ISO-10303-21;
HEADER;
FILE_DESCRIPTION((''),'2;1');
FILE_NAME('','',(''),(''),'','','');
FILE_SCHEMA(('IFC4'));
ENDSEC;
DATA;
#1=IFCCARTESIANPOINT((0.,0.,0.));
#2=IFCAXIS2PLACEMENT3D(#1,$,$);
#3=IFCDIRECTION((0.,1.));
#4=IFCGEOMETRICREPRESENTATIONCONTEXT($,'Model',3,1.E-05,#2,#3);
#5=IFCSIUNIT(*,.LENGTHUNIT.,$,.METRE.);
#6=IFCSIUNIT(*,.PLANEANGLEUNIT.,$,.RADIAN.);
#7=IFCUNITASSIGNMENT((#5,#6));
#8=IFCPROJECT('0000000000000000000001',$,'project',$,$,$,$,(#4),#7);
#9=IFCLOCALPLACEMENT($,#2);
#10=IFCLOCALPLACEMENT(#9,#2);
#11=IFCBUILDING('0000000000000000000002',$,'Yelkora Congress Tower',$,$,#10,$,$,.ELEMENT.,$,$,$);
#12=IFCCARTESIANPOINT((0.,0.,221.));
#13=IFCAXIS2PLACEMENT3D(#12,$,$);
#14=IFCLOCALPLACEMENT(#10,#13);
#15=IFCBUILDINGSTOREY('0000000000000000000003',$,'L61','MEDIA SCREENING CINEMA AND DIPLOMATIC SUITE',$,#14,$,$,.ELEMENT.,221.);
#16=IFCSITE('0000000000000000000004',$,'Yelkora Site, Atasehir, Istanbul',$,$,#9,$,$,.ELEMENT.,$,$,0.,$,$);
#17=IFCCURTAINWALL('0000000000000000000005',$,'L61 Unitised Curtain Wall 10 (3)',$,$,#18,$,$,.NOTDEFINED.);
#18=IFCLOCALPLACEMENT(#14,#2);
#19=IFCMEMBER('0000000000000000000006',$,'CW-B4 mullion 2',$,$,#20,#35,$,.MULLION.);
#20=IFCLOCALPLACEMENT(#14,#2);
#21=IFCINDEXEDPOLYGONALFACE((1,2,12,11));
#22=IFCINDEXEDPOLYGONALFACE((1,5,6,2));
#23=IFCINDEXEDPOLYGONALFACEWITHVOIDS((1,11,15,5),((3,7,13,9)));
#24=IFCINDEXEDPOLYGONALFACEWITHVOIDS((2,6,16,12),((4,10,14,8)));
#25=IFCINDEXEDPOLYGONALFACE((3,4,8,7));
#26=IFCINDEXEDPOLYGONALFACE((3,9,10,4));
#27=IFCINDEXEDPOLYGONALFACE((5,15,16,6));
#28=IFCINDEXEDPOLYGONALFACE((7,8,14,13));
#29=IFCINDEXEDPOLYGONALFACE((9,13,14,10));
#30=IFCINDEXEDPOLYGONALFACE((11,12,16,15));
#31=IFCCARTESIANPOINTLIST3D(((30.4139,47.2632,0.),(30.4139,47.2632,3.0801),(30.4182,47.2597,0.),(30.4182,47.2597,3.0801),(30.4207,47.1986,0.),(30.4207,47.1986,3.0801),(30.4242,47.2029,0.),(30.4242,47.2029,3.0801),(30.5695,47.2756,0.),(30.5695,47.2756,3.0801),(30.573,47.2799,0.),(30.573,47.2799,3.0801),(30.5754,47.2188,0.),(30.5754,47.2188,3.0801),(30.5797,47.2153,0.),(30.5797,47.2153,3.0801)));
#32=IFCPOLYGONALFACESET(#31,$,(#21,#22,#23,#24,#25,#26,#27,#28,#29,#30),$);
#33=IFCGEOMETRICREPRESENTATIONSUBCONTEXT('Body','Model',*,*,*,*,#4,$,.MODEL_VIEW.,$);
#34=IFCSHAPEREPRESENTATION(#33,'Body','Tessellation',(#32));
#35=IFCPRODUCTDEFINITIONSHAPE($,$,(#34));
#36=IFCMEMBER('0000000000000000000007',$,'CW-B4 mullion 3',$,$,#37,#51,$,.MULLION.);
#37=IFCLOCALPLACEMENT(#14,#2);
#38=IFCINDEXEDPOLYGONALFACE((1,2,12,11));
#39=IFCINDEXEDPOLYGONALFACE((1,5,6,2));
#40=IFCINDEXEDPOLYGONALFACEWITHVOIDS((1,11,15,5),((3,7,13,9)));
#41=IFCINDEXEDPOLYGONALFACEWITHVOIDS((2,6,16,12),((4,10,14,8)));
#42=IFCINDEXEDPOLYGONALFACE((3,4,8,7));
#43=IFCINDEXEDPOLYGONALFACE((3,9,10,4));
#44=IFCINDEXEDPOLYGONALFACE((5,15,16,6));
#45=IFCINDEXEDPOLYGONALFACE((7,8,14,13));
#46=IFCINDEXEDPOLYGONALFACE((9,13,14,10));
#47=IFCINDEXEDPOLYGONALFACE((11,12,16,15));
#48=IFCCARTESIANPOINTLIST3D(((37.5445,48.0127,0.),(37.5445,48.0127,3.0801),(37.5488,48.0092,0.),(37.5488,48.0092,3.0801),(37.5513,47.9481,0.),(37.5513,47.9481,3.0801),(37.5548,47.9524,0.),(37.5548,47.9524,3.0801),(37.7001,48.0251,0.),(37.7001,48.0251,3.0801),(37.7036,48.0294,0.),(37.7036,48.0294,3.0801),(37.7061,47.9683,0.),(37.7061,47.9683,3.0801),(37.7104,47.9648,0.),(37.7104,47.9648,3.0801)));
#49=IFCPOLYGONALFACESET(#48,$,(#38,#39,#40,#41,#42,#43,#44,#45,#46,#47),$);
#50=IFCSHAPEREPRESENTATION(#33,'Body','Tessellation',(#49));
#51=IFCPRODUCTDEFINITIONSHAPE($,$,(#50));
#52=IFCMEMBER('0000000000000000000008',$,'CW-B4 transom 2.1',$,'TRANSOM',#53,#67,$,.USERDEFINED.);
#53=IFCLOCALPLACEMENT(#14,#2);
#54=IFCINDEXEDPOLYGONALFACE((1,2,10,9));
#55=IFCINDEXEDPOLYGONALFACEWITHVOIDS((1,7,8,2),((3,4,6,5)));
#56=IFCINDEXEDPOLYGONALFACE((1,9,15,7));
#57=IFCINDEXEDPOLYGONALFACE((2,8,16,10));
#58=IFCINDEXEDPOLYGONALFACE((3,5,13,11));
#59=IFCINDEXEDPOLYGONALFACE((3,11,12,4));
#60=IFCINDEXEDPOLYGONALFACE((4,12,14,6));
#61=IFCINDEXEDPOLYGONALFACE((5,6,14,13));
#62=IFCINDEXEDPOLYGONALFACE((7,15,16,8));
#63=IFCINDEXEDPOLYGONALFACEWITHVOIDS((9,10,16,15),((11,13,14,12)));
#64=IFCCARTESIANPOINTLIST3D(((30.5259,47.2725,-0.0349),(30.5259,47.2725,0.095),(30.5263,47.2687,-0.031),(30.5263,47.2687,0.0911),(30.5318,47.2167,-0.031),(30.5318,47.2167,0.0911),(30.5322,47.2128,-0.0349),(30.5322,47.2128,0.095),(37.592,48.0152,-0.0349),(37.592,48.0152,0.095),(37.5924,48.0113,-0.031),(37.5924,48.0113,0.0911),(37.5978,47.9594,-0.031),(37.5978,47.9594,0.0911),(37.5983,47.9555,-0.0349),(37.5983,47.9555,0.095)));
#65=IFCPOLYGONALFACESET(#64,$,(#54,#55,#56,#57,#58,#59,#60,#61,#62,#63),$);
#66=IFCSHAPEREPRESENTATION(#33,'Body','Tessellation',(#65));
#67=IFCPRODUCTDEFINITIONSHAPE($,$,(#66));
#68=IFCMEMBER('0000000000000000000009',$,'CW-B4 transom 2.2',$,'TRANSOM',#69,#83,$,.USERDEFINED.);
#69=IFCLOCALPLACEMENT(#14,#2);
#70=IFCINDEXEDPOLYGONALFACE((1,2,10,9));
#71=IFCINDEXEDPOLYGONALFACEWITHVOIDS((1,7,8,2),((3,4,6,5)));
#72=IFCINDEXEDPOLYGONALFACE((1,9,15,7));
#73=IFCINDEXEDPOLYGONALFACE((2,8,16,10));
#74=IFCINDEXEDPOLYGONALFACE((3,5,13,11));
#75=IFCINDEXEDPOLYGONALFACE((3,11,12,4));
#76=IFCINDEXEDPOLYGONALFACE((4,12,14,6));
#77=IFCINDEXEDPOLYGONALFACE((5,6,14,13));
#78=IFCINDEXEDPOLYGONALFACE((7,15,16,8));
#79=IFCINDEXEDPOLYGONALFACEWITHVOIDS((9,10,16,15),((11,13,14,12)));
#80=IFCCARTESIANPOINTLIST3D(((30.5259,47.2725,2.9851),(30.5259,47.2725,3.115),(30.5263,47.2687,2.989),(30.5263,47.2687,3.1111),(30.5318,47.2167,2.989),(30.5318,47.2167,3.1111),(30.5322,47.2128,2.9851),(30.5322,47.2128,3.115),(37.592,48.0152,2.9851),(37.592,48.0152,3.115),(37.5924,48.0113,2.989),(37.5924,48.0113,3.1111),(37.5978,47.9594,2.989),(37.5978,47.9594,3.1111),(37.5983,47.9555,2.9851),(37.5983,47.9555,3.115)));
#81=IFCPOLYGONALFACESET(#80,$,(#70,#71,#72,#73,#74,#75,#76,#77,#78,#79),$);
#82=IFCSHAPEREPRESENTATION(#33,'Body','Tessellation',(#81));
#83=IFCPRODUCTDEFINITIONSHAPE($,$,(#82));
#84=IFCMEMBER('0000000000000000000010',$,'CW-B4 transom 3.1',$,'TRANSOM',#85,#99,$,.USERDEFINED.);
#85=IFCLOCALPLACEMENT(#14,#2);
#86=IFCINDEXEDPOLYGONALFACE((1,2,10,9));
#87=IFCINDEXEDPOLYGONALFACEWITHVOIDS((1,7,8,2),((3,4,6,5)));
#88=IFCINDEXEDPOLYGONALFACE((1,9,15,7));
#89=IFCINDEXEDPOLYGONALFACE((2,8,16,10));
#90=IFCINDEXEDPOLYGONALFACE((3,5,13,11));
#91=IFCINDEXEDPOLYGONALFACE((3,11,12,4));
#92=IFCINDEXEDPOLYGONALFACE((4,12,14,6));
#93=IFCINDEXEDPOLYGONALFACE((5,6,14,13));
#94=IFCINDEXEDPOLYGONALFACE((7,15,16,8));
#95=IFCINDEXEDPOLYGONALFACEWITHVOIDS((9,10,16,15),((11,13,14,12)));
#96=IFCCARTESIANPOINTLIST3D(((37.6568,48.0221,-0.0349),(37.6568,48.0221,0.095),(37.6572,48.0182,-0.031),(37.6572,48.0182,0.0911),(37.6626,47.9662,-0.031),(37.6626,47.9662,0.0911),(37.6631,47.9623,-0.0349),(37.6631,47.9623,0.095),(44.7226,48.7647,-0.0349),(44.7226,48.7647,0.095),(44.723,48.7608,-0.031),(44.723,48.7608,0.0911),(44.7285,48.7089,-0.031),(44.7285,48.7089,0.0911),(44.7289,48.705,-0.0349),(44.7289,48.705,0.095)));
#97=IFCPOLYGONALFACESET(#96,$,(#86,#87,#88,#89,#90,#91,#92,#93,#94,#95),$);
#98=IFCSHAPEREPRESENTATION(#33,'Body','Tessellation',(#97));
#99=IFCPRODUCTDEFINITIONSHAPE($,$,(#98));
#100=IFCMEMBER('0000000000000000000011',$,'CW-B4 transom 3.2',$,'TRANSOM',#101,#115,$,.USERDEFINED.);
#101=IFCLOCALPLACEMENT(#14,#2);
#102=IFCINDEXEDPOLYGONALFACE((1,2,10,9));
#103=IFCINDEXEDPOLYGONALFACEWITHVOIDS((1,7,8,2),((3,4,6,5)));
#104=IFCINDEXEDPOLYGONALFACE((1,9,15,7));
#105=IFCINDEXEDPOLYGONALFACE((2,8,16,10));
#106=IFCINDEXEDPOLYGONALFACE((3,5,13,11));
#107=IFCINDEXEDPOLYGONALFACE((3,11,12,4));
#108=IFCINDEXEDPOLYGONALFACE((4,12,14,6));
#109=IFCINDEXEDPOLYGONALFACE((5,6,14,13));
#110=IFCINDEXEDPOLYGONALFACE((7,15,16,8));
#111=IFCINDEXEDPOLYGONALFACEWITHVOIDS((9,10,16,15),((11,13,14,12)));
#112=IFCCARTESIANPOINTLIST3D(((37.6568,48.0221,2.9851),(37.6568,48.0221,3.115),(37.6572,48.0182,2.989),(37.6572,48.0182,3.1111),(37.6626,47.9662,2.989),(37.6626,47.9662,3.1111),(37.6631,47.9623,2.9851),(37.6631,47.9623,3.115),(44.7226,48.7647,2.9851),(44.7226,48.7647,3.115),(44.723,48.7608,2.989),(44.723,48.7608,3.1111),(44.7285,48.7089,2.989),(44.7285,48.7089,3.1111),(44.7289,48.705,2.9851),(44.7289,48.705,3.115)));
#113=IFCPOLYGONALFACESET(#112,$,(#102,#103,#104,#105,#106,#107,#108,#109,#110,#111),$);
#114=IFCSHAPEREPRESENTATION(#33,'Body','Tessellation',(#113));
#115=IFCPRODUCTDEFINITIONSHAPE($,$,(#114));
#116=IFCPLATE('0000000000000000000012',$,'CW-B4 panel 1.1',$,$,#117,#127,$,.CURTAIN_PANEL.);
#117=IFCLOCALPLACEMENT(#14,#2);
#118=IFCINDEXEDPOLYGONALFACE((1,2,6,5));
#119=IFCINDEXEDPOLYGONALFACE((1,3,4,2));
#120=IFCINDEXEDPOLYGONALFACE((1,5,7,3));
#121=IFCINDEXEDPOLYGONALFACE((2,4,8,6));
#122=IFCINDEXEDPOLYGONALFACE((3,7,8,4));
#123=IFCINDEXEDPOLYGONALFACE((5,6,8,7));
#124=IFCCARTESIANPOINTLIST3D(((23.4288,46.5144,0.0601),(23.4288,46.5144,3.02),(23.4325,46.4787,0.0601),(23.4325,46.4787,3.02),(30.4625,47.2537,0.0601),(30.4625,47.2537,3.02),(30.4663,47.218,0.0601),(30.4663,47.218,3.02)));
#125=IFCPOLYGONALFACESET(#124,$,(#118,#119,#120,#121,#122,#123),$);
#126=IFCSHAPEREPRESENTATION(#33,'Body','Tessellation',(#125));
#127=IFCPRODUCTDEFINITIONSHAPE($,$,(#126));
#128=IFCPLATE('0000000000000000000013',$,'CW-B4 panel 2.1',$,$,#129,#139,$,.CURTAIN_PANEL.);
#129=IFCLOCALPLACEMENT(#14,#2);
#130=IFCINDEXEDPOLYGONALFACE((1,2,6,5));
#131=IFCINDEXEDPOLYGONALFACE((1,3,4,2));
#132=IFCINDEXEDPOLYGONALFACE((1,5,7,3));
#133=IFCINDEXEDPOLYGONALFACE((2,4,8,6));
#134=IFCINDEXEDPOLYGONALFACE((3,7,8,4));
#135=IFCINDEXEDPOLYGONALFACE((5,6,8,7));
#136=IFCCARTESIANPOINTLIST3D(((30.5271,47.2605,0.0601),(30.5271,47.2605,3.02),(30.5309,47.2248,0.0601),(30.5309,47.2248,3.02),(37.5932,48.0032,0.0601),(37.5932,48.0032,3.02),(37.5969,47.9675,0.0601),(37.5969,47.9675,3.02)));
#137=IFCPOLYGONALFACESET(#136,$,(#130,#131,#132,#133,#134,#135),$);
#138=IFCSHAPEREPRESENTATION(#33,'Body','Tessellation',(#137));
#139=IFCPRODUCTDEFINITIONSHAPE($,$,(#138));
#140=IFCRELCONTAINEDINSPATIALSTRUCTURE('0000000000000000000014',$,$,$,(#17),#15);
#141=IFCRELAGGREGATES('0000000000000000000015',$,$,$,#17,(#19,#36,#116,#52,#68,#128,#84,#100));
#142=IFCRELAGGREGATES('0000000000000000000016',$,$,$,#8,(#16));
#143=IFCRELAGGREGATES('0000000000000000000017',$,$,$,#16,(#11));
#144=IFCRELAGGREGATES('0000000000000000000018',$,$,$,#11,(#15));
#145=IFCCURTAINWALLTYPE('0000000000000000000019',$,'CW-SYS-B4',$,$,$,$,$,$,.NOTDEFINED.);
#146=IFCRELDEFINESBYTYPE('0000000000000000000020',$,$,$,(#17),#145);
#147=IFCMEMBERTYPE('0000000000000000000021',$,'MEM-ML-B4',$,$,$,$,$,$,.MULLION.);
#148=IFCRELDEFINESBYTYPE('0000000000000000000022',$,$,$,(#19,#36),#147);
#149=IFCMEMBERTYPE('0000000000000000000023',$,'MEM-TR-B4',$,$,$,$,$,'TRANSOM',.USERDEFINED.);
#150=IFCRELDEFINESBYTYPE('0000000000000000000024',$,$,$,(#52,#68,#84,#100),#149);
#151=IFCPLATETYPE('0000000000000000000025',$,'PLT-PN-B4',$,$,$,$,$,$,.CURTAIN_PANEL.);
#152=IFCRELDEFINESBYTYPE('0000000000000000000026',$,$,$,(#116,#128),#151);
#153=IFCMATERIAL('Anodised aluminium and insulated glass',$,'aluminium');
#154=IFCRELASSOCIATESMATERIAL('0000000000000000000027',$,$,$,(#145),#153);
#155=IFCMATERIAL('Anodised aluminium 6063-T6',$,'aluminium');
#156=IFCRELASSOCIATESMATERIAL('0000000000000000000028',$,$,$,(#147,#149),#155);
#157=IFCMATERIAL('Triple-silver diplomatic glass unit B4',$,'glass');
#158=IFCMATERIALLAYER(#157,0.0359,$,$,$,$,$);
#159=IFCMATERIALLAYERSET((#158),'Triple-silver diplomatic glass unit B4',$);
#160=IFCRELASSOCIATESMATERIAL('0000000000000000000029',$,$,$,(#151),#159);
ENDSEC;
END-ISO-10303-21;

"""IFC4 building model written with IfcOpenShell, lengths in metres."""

from ifc_helpers import new_model, si_unit, direction, frame, origin, origin_2d, place, context, subcontext, project, spatial, rectangle, hollow_rectangle, extrude, material, layer, layer_set, material_profile, profile_set, type_object, element, aggregate, save


model = new_model("IFC4")

# Units and contexts
model_context = context("Model", 3, precision=1e-05, world=origin(), true_north=direction((0.0, 1.0)))
body_context = subcontext(model_context, "Body", "Model", "MODEL_VIEW")
ifc_project = project(units=[si_unit("LENGTHUNIT", "METRE"), si_unit("PLANEANGLEUNIT", "RADIAN")], contexts=[model_context])

# Site, building, storey
site_placement = place(None, origin())
site = spatial("IfcSite", under=ifc_project, at=site_placement, Name="Yelkora Site, Atasehir, Istanbul", CompositionType="ELEMENT", RefElevation=0.0)
building_placement = place(site_placement, origin())
building = spatial("IfcBuilding", under=site, at=building_placement, Name="Yelkora Congress Tower", CompositionType="ELEMENT")
storey_placement = place(building_placement, frame((0.0, 0.0, 221.0)))
storey = spatial("IfcBuildingStorey", under=building, at=storey_placement, Name="L61", Description="MEDIA SCREENING CINEMA AND DIPLOMATIC SUITE", CompositionType="ELEMENT", Elevation=221.0)

# Curtain wall, members, plates
ifc_material_1 = material(Name="Anodised aluminium and insulated glass", Category="aluminium")
curtain_wall_type = type_object("IfcCurtainWallType", Name="CW-SYS-B4", PredefinedType="NOTDEFINED", material=ifc_material_1)
curtain_wall_placement = place(storey_placement, origin())
curtain_wall = element("IfcCurtainWall", 1, at=curtain_wall_placement, inside=storey, type_object=curtain_wall_type, Name="L61 Unitised Curtain Wall 10 (3)", PredefinedType="NOTDEFINED")
ifc_material_2 = material(Name="Anodised aluminium 6063-T6", Category="aluminium")
ifc_material_profile_1 = material_profile(ifc_material_2, hollow_rectangle(XDim=0.0649, YDim=0.1599, WallThickness=0.0039, at=origin_2d()), Name="ALU 65x160x4")
ifc_profile_set_1 = profile_set([ifc_material_profile_1], Name="Anodised aluminium 6063-T6")
member_type_1 = type_object("IfcMemberType", Name="MEM-ML-B4", PredefinedType="MULLION", material=ifc_profile_set_1)
member_1_placement = place(storey_placement, frame((30.4968, 47.2393, 0.0), z_axis=(0.0, 0.0, 1.0), x_axis=(-0.104528, 0.994522, 0.0)))
member_1 = element("IfcMember", 2, at=member_1_placement, type_object=member_type_1, Name="CW-B4 mullion 2", PredefinedType="MULLION", context=body_context, shape_type="SweptSolid", body=[
    extrude(hollow_rectangle(XDim=0.0649, YDim=0.1599, WallThickness=0.0039, at=origin_2d()), origin(), (0.0, 0.0, 1.0), 3.0801),
])
member_2_placement = place(storey_placement, frame((37.6274, 47.9888, 0.0), z_axis=(0.0, 0.0, 1.0), x_axis=(-0.104528, 0.994522, 0.0)))
member_2 = element("IfcMember", 3, at=member_2_placement, type_object=member_type_1, Name="CW-B4 mullion 3", PredefinedType="MULLION", context=body_context, shape_type="SweptSolid", body=[
    extrude(hollow_rectangle(XDim=0.0649, YDim=0.1599, WallThickness=0.0039, at=origin_2d()), origin(), (0.0, 0.0, 1.0), 3.0801),
])
ifc_material_profile_2 = material_profile(ifc_material_2, hollow_rectangle(XDim=0.0601, YDim=0.1299, WallThickness=0.0039, at=origin_2d()), Name="ALU 60x130x4")
ifc_profile_set_2 = profile_set([ifc_material_profile_2], Name="Anodised aluminium 6063-T6")
member_type_2 = type_object("IfcMemberType", Name="MEM-TR-B4", ElementType="TRANSOM", PredefinedType="USERDEFINED", material=ifc_profile_set_2)
member_3_placement = place(storey_placement, frame((30.5291, 47.2427, 0.03), z_axis=(0.994522, 0.104527, 0.0), x_axis=(-0.104527, 0.994522, 0.0)))
member_3 = element("IfcMember", 4, at=member_3_placement, type_object=member_type_2, Name="CW-B4 transom 2.1", ObjectType="TRANSOM", PredefinedType="USERDEFINED", context=body_context, shape_type="SweptSolid", body=[
    extrude(hollow_rectangle(XDim=0.0601, YDim=0.1299, WallThickness=0.0039, at=origin_2d()), origin(), (0.0, 0.0, 1.0), 7.105),
])
member_4_placement = place(storey_placement, frame((30.5291, 47.2427, 3.05), z_axis=(0.994522, 0.104527, 0.0), x_axis=(-0.104527, 0.994522, 0.0)))
member_4 = element("IfcMember", 5, at=member_4_placement, type_object=member_type_2, Name="CW-B4 transom 2.2", ObjectType="TRANSOM", PredefinedType="USERDEFINED", context=body_context, shape_type="SweptSolid", body=[
    extrude(hollow_rectangle(XDim=0.0601, YDim=0.1299, WallThickness=0.0039, at=origin_2d()), origin(), (0.0, 0.0, 1.0), 7.105),
])
member_5_placement = place(storey_placement, frame((37.6599, 47.9922, 0.03), z_axis=(0.994522, 0.104531, 0.0), x_axis=(-0.104531, 0.994522, 0.0)))
member_5 = element("IfcMember", 6, at=member_5_placement, type_object=member_type_2, Name="CW-B4 transom 3.1", ObjectType="TRANSOM", PredefinedType="USERDEFINED", context=body_context, shape_type="SweptSolid", body=[
    extrude(hollow_rectangle(XDim=0.0601, YDim=0.1299, WallThickness=0.0039, at=origin_2d()), origin(), (0.0, 0.0, 1.0), 7.1047),
])
member_6_placement = place(storey_placement, frame((37.6599, 47.9922, 3.05), z_axis=(0.994522, 0.104531, 0.0), x_axis=(-0.104531, 0.994522, 0.0)))
member_6 = element("IfcMember", 7, at=member_6_placement, type_object=member_type_2, Name="CW-B4 transom 3.2", ObjectType="TRANSOM", PredefinedType="USERDEFINED", context=body_context, shape_type="SweptSolid", body=[
    extrude(hollow_rectangle(XDim=0.0601, YDim=0.1299, WallThickness=0.0039, at=origin_2d()), origin(), (0.0, 0.0, 1.0), 7.1047),
])
ifc_material_3 = material(Name="Triple-silver diplomatic glass unit B4", Category="glass")
ifc_layer_1 = layer(ifc_material_3, 0.0359)
ifc_layer_set_1 = layer_set([ifc_layer_1], Name="Triple-silver diplomatic glass unit B4")
plate_type = type_object("IfcPlateType", Name="PLT-PN-B4", PredefinedType="CURTAIN_PANEL", material=ifc_layer_set_1)
plate_1_placement = place(storey_placement, frame((26.9475, 46.8662, 0.0601), z_axis=(0.0, 0.0, 1.0), x_axis=(0.994522, 0.104528, 0.0)))
plate_1 = element("IfcPlate", 8, at=plate_1_placement, type_object=plate_type, Name="CW-B4 panel 1.1", PredefinedType="CURTAIN_PANEL", context=body_context, shape_type="SweptSolid", body=[
    extrude(rectangle(XDim=7.0725, YDim=0.0359, at=origin_2d()), origin(), (0.0, 0.0, 1.0), 2.96),
])
plate_2_placement = place(storey_placement, frame((34.062, 47.614, 0.0601), z_axis=(0.0, 0.0, 1.0), x_axis=(0.994522, 0.104528, 0.0)))
plate_2 = element("IfcPlate", 9, at=plate_2_placement, type_object=plate_type, Name="CW-B4 panel 2.1", PredefinedType="CURTAIN_PANEL", context=body_context, shape_type="SweptSolid", body=[
    extrude(rectangle(XDim=7.105, YDim=0.0359, at=origin_2d()), origin(), (0.0, 0.0, 1.0), 2.96),
])
aggregate(curtain_wall, [member_1, member_2, plate_1, member_3, member_4, plate_2, member_5, member_6])

save(model, "model.ifc")
